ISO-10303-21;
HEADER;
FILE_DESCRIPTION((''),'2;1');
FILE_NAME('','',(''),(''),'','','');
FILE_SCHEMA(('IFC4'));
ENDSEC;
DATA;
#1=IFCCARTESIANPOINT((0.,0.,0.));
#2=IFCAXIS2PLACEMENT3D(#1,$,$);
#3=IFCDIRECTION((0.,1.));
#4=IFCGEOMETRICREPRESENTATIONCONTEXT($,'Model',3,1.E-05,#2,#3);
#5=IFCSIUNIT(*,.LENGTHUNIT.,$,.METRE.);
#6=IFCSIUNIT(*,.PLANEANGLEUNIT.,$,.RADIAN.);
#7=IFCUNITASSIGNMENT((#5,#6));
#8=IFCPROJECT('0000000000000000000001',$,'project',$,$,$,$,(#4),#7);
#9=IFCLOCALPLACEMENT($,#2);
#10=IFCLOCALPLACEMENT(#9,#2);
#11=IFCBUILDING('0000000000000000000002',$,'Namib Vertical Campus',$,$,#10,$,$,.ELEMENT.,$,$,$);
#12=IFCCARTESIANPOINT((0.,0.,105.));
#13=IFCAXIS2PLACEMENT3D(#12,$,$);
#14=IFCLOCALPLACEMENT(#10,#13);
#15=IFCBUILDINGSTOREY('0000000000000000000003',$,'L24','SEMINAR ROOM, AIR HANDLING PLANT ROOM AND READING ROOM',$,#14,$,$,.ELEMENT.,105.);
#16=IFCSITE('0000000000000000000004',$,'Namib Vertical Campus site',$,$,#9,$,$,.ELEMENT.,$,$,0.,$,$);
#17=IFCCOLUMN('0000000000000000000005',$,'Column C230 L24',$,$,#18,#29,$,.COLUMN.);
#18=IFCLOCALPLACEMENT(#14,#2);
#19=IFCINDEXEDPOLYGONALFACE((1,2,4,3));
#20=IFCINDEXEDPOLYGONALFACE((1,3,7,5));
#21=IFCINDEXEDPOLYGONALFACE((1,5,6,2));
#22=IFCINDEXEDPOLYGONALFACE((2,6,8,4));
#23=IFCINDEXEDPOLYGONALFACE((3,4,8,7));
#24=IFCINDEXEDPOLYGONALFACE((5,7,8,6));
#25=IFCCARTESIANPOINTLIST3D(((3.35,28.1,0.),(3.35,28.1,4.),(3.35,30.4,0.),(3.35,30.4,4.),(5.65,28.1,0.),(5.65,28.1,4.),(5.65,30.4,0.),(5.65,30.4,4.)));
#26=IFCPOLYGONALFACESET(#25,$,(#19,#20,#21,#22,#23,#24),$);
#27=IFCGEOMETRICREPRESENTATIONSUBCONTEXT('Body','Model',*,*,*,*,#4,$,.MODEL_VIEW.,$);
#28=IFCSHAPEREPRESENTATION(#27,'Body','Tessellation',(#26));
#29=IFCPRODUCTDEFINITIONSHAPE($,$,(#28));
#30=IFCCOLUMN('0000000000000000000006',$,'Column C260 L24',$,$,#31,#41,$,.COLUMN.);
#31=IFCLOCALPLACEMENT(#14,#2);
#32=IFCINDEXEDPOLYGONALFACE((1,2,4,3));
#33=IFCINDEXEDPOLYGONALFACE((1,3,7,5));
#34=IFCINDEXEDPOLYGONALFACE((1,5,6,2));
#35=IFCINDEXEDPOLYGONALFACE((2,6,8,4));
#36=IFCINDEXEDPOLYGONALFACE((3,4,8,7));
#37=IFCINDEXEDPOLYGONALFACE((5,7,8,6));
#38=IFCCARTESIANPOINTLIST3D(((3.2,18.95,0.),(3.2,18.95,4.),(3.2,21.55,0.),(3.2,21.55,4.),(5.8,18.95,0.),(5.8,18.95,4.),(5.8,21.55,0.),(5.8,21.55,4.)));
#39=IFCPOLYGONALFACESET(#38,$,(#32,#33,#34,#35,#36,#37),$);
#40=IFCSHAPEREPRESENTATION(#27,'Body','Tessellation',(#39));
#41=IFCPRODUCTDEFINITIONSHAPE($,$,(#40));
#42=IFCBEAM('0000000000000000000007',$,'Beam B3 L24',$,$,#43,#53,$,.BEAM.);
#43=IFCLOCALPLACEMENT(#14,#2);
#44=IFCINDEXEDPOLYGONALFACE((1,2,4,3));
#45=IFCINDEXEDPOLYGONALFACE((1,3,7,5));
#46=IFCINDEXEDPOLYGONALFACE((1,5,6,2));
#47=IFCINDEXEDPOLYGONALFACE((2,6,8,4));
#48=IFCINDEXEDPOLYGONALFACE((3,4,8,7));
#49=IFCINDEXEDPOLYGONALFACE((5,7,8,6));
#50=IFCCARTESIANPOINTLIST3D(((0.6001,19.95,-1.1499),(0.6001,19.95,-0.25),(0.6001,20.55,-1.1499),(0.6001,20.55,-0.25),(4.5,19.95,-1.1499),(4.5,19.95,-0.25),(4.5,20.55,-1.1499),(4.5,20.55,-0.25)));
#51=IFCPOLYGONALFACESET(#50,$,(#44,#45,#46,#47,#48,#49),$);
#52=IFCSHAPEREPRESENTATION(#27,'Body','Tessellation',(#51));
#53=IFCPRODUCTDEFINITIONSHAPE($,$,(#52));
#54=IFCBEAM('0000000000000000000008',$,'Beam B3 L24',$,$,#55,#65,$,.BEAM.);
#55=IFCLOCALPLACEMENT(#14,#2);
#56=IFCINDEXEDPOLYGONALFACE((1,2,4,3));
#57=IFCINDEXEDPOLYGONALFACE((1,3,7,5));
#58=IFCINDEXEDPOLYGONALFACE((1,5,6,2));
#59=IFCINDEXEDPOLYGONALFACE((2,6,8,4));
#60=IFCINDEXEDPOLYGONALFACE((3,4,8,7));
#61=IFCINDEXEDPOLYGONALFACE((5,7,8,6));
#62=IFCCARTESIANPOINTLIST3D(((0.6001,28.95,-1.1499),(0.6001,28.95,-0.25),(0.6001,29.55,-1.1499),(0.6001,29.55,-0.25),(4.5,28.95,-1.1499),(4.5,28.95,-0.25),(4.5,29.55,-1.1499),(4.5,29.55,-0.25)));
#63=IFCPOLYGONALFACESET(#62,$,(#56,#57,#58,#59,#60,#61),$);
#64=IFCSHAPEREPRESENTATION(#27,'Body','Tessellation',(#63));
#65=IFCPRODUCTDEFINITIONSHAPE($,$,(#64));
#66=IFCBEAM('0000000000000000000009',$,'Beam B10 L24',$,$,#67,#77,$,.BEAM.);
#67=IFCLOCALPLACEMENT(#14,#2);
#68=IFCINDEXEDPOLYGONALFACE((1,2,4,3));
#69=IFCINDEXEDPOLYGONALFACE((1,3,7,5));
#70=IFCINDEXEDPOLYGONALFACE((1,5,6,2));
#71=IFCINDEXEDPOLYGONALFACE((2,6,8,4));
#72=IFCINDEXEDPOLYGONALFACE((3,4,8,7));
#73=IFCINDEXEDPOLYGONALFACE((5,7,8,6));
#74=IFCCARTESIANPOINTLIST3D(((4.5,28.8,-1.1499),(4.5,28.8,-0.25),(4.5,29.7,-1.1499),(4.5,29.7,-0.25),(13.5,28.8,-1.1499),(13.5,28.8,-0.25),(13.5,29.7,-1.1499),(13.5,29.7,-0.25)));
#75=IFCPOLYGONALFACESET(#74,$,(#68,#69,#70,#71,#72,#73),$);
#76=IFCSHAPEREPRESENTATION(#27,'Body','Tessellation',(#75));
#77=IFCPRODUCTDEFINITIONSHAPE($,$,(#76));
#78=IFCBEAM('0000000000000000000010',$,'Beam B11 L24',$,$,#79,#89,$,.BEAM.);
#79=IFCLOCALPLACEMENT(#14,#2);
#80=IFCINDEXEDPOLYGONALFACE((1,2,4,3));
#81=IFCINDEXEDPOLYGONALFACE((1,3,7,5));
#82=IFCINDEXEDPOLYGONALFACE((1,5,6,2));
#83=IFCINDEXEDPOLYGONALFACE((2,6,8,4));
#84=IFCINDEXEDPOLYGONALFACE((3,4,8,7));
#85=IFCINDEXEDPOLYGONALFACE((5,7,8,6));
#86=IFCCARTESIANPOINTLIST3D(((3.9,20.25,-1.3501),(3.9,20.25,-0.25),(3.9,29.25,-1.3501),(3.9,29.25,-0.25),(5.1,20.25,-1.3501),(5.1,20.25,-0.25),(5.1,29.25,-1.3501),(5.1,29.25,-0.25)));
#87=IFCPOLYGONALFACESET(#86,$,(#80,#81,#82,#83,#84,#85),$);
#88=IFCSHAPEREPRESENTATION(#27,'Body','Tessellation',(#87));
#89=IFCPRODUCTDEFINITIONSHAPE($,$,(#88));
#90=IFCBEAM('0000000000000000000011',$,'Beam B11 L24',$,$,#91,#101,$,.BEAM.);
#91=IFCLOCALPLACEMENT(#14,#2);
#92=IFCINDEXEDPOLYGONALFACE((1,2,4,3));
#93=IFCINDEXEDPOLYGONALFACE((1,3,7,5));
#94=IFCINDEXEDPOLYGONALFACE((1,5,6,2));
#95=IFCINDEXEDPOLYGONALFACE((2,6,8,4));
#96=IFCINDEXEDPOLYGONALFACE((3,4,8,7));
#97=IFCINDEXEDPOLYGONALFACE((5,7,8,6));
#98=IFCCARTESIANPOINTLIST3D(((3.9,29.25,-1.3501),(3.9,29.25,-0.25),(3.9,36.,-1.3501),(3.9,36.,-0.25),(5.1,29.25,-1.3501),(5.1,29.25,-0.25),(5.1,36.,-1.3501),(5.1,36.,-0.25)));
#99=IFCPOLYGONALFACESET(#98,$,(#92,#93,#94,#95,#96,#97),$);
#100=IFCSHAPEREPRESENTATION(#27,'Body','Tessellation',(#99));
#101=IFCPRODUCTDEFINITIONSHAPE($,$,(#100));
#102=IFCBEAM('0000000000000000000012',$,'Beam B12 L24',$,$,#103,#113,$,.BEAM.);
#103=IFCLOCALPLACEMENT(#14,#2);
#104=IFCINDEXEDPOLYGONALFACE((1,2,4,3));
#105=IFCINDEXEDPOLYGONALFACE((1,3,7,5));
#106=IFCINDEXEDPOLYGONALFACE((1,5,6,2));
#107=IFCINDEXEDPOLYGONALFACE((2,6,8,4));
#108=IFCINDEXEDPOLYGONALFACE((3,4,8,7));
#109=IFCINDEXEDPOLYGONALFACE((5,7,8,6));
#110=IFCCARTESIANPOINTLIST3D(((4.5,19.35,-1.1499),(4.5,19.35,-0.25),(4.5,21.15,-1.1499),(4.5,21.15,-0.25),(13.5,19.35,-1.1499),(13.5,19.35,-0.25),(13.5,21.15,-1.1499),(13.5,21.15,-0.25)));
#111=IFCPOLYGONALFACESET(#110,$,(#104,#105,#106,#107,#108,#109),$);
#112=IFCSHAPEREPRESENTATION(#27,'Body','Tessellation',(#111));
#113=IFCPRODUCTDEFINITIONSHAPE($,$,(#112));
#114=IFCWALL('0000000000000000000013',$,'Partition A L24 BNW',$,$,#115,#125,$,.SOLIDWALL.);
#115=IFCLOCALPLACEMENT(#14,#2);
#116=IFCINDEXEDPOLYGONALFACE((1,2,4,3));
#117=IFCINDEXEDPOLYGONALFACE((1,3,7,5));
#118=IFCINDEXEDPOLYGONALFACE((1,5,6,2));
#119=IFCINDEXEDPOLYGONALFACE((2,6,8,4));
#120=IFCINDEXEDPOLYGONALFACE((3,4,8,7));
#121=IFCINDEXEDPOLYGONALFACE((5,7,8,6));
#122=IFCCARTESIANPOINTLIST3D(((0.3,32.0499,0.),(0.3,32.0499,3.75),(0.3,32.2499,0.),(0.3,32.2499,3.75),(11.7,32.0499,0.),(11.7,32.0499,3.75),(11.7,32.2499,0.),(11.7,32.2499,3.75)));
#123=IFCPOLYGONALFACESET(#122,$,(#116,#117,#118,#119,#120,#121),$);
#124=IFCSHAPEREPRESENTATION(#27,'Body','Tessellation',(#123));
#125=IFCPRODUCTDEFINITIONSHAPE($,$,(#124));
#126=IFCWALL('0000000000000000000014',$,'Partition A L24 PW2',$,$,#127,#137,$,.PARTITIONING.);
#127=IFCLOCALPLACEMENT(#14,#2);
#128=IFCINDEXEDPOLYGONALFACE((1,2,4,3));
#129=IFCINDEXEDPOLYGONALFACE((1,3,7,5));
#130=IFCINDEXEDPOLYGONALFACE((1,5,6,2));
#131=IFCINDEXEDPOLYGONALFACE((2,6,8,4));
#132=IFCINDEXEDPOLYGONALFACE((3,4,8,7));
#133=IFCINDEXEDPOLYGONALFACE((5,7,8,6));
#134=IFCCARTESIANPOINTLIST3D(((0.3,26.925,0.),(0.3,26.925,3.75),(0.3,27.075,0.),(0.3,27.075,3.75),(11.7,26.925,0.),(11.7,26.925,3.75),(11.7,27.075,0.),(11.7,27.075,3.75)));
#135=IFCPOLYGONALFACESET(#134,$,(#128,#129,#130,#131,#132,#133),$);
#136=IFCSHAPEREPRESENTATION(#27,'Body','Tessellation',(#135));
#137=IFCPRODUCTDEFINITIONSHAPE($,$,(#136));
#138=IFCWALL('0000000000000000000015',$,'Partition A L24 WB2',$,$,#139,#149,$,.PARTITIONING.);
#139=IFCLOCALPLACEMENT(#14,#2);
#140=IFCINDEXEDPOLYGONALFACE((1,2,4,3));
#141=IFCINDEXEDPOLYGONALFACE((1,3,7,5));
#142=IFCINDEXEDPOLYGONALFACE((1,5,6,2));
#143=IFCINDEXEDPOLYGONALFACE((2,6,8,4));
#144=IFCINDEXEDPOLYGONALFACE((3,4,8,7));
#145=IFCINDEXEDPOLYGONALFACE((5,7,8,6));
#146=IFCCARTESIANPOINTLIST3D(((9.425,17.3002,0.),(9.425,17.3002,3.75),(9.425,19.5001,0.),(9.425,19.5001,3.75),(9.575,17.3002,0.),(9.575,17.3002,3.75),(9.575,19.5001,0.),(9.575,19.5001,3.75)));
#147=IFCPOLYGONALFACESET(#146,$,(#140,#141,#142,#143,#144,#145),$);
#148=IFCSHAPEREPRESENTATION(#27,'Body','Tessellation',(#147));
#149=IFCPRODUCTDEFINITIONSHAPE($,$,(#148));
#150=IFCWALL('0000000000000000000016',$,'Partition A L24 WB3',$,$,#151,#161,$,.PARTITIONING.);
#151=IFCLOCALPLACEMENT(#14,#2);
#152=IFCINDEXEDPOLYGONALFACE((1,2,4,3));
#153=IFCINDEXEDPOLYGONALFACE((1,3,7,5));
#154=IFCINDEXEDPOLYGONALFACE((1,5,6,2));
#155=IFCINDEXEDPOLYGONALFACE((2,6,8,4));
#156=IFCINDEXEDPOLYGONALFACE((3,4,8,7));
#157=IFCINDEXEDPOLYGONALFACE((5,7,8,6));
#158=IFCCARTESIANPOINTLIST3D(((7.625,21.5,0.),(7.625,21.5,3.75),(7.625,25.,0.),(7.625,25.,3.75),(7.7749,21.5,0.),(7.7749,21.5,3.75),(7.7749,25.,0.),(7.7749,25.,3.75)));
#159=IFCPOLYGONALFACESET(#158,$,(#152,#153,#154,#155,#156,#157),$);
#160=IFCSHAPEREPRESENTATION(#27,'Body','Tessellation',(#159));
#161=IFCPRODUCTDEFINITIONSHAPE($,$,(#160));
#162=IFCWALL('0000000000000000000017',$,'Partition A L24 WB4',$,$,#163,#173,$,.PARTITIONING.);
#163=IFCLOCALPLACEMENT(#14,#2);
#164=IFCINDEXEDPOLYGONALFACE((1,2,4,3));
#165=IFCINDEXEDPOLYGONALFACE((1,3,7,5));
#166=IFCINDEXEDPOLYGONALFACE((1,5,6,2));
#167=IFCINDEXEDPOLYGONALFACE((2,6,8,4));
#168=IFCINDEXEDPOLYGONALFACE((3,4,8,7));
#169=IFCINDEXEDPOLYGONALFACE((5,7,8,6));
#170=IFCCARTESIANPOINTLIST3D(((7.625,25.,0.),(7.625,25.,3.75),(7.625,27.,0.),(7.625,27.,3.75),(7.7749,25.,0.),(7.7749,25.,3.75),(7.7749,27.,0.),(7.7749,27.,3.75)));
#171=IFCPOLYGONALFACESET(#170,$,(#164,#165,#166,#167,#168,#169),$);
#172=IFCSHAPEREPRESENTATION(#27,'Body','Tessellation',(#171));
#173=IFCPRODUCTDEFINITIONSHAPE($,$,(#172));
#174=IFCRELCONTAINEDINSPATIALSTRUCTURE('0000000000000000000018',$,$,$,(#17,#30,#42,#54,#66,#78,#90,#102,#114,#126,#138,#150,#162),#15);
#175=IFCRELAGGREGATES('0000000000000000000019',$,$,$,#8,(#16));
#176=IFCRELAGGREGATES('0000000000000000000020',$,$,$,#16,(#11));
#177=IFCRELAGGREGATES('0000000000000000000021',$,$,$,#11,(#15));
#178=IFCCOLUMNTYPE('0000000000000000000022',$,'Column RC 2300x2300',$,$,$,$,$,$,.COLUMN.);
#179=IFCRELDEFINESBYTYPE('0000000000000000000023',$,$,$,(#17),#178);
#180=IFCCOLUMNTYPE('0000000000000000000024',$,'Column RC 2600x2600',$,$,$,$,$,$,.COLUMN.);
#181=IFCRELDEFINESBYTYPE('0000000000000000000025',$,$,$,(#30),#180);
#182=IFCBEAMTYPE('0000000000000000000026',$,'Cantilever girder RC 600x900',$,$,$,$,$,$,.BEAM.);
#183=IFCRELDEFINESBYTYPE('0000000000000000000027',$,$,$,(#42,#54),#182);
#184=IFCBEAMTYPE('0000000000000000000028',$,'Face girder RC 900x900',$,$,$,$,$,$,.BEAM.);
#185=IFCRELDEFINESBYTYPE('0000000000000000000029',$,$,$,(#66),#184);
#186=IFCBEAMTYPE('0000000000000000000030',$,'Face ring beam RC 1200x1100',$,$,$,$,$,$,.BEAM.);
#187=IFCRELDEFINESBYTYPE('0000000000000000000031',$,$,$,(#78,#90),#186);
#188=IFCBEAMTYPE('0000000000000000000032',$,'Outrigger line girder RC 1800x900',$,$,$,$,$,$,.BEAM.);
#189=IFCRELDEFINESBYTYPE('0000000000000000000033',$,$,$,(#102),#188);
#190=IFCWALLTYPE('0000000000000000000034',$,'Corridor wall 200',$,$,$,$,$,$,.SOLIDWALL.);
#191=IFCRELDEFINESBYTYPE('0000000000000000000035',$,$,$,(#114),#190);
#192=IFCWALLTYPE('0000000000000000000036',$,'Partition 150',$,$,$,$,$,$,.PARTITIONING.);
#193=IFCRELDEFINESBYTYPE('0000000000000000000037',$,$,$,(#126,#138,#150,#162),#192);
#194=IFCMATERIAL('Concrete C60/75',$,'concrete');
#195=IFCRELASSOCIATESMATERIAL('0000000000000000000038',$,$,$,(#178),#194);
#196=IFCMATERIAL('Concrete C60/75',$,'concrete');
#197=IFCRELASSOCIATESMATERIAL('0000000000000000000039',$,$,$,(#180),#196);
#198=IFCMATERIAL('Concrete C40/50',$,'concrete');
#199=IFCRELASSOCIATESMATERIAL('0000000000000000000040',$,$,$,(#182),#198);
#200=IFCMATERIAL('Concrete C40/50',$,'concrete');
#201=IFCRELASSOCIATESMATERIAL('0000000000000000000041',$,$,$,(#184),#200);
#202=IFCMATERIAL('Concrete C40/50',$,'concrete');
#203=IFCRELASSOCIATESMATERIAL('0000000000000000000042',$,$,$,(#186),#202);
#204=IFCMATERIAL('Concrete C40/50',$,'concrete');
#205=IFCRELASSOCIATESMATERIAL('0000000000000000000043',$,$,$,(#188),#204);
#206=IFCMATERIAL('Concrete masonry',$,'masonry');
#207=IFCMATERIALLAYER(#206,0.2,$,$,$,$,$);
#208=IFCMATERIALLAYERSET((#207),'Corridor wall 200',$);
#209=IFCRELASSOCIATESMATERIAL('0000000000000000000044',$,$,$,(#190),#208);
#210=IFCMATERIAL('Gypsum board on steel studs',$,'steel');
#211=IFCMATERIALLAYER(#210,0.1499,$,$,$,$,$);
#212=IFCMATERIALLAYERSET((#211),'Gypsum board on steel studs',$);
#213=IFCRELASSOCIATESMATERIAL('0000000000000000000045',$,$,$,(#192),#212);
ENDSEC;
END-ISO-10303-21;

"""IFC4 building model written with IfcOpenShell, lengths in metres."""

from ifc_helpers import new_model, si_unit, direction, frame, frame_2d, origin, origin_2d, place, context, subcontext, project, spatial, rectangle, extrude, material, layer, layer_set, material_profile, profile_set, type_object, element, save


model = new_model("IFC4")

# Units and contexts
model_context = context("Model", 3, precision=1e-05, world=origin(), true_north=direction((0.0, 1.0)))
body_context = subcontext(model_context, "Body", "Model", "MODEL_VIEW")
ifc_project = project(units=[si_unit("LENGTHUNIT", "METRE"), si_unit("PLANEANGLEUNIT", "RADIAN")], contexts=[model_context])

# Site, building, storey
site_placement = place(None, origin())
site = spatial("IfcSite", under=ifc_project, at=site_placement, Name="Namib Vertical Campus site", CompositionType="ELEMENT", RefElevation=0.0)
building_placement = place(site_placement, origin())
building = spatial("IfcBuilding", under=site, at=building_placement, Name="Namib Vertical Campus", CompositionType="ELEMENT")
storey_placement = place(building_placement, frame((0.0, 0.0, 105.0)))
storey = spatial("IfcBuildingStorey", under=building, at=storey_placement, Name="L24", Description="SEMINAR ROOM, AIR HANDLING PLANT ROOM AND READING ROOM", CompositionType="ELEMENT", Elevation=105.0)

# Columns
ifc_material_1 = material(Name="Concrete C60/75", Category="concrete")
ifc_material_profile_1 = material_profile(ifc_material_1, rectangle(XDim=2.3, YDim=2.3, at=origin_2d()))
ifc_profile_set_1 = profile_set([ifc_material_profile_1], Name="Concrete C60/75")
column_type_1 = type_object("IfcColumnType", Name="Column RC 2300x2300", PredefinedType="COLUMN", material=ifc_profile_set_1)
column_1_placement = place(storey_placement, frame((4.5, 29.25, 0.0), z_axis=(0.0, 0.0, 1.0), x_axis=(1.0, 0.0, 0.0)))
element("IfcColumn", 1, at=column_1_placement, inside=storey, type_object=column_type_1, Name="Column C230 L24", PredefinedType="COLUMN", context=body_context, shape_type="SweptSolid", body=[
    extrude(rectangle(XDim=2.3, YDim=2.3, at=origin_2d()), origin(), (0.0, 0.0, 1.0), 4.0),
])
ifc_material_2 = material(Name="Concrete C60/75", Category="concrete")
ifc_material_profile_2 = material_profile(ifc_material_2, rectangle(XDim=2.6001, YDim=2.6001, at=origin_2d()))
ifc_profile_set_2 = profile_set([ifc_material_profile_2], Name="Concrete C60/75")
column_type_2 = type_object("IfcColumnType", Name="Column RC 2600x2600", PredefinedType="COLUMN", material=ifc_profile_set_2)
column_2_placement = place(storey_placement, frame((4.5, 20.25, 0.0), z_axis=(0.0, 0.0, 1.0), x_axis=(1.0, 0.0, 0.0)))
element("IfcColumn", 2, at=column_2_placement, inside=storey, type_object=column_type_2, Name="Column C260 L24", PredefinedType="COLUMN", context=body_context, shape_type="SweptSolid", body=[
    extrude(rectangle(XDim=2.6001, YDim=2.6001, at=origin_2d()), origin(), (0.0, 0.0, 1.0), 4.0),
])

# Beams
ifc_material_3 = material(Name="Concrete C40/50", Category="concrete")
ifc_material_profile_3 = material_profile(ifc_material_3, rectangle(XDim=0.6001, YDim=0.8999, at=origin_2d()))
ifc_profile_set_3 = profile_set([ifc_material_profile_3], Name="Concrete C40/50")
beam_type_1 = type_object("IfcBeamType", Name="Cantilever girder RC 600x900", PredefinedType="BEAM", material=ifc_profile_set_3)
for number, where, z_axis, x_axis, name in (
    (3, (4.5, 20.25, -0.7), (-1.0, 0.0, 0.0), (0.0, -1.0, 0.0), "Beam B3 L24"),
    (4, (4.5, 29.25, -0.7), (-1.0, 0.0, 0.0), (0.0, -1.0, 0.0), "Beam B3 L24"),
):
    element("IfcBeam", number, at=place(storey_placement, frame(where, z_axis=z_axis, x_axis=x_axis)), inside=storey, type_object=beam_type_1, Name=name, PredefinedType="BEAM", context=body_context, shape_type="SweptSolid", body=[
        extrude(rectangle(XDim=0.6001, YDim=0.8999, at=origin_2d()), origin(), (0.0, 0.0, 1.0), 3.8999),
    ])
ifc_material_4 = material(Name="Concrete C40/50", Category="concrete")
ifc_material_profile_4 = material_profile(ifc_material_4, rectangle(XDim=0.8999, YDim=0.8999, at=origin_2d()))
ifc_profile_set_4 = profile_set([ifc_material_profile_4], Name="Concrete C40/50")
beam_type_2 = type_object("IfcBeamType", Name="Face girder RC 900x900", PredefinedType="BEAM", material=ifc_profile_set_4)
beam_1_placement = place(storey_placement, frame((4.5, 29.25, -0.7), z_axis=(1.0, 0.0, 0.0), x_axis=(0.0, 1.0, 0.0)))
element("IfcBeam", 5, at=beam_1_placement, inside=storey, type_object=beam_type_2, Name="Beam B10 L24", PredefinedType="BEAM", context=body_context, shape_type="SweptSolid", body=[
    extrude(rectangle(XDim=0.8999, YDim=0.8999, at=origin_2d()), origin(), (0.0, 0.0, 1.0), 9.0),
])
ifc_material_5 = material(Name="Concrete C40/50", Category="concrete")
ifc_material_profile_5 = material_profile(ifc_material_5, rectangle(XDim=1.2, YDim=1.1001, at=origin_2d()))
ifc_profile_set_5 = profile_set([ifc_material_profile_5], Name="Concrete C40/50")
beam_type_3 = type_object("IfcBeamType", Name="Face ring beam RC 1200x1100", PredefinedType="BEAM", material=ifc_profile_set_5)
beam_2_placement = place(storey_placement, frame((4.5, 20.25, -0.8), z_axis=(0.0, 1.0, 0.0), x_axis=(-1.0, 0.0, 0.0)))
element("IfcBeam", 6, at=beam_2_placement, inside=storey, type_object=beam_type_3, Name="Beam B11 L24", PredefinedType="BEAM", context=body_context, shape_type="SweptSolid", body=[
    extrude(rectangle(XDim=1.2, YDim=1.1001, at=origin_2d()), origin(), (0.0, 0.0, 1.0), 9.0),
])
beam_3_placement = place(storey_placement, frame((4.5, 29.25, -0.8), z_axis=(0.0, 1.0, 0.0), x_axis=(-1.0, 0.0, 0.0)))
element("IfcBeam", 7, at=beam_3_placement, inside=storey, type_object=beam_type_3, Name="Beam B11 L24", PredefinedType="BEAM", context=body_context, shape_type="SweptSolid", body=[
    extrude(rectangle(XDim=1.2, YDim=1.1001, at=origin_2d()), origin(), (0.0, 0.0, 1.0), 6.75),
])
ifc_material_6 = material(Name="Concrete C40/50", Category="concrete")
ifc_material_profile_6 = material_profile(ifc_material_6, rectangle(XDim=1.8, YDim=0.8999, at=origin_2d()))
ifc_profile_set_6 = profile_set([ifc_material_profile_6], Name="Concrete C40/50")
beam_type_4 = type_object("IfcBeamType", Name="Outrigger line girder RC 1800x900", PredefinedType="BEAM", material=ifc_profile_set_6)
beam_4_placement = place(storey_placement, frame((4.5, 20.25, -0.7), z_axis=(1.0, 0.0, 0.0), x_axis=(0.0, 1.0, 0.0)))
element("IfcBeam", 8, at=beam_4_placement, inside=storey, type_object=beam_type_4, Name="Beam B12 L24", PredefinedType="BEAM", context=body_context, shape_type="SweptSolid", body=[
    extrude(rectangle(XDim=1.8, YDim=0.8999, at=origin_2d()), origin(), (0.0, 0.0, 1.0), 9.0),
])

# Walls
ifc_material_7 = material(Name="Concrete masonry", Category="masonry")
ifc_layer_1 = layer(ifc_material_7, 0.2)
ifc_layer_set_1 = layer_set([ifc_layer_1], Name="Corridor wall 200")
wall_type_1 = type_object("IfcWallType", Name="Corridor wall 200", PredefinedType="SOLIDWALL", material=ifc_layer_set_1)
wall_1_placement = place(storey_placement, frame((0.3, 32.1499, 0.0), z_axis=(0.0, 0.0, 1.0), x_axis=(1.0, 0.0, 0.0)))
element("IfcWall", 9, at=wall_1_placement, inside=storey, type_object=wall_type_1, Name="Partition A L24 BNW", PredefinedType="SOLIDWALL", context=body_context, shape_type="SweptSolid", body=[
    extrude(rectangle(XDim=11.3999, YDim=0.2, at=frame_2d((5.7, 0.0))), origin(), (0.0, 0.0, 1.0), 3.75),
])
ifc_material_8 = material(Name="Gypsum board on steel studs", Category="steel")
ifc_layer_2 = layer(ifc_material_8, 0.1499)
ifc_layer_set_2 = layer_set([ifc_layer_2], Name="Gypsum board on steel studs")
wall_type_2 = type_object("IfcWallType", Name="Partition 150", PredefinedType="PARTITIONING", material=ifc_layer_set_2)
wall_2_placement = place(storey_placement, frame((0.3, 27.0, 0.0), z_axis=(0.0, 0.0, 1.0), x_axis=(1.0, 0.0, 0.0)))
element("IfcWall", 10, at=wall_2_placement, inside=storey, type_object=wall_type_2, Name="Partition A L24 PW2", PredefinedType="PARTITIONING", context=body_context, shape_type="SweptSolid", body=[
    extrude(rectangle(XDim=11.3999, YDim=0.1499, at=frame_2d((5.7, 0.0))), origin(), (0.0, 0.0, 1.0), 3.75),
])
wall_3_placement = place(storey_placement, frame((9.5, 17.3, 0.0), z_axis=(0.0, 0.0, 1.0), x_axis=(0.0, 1.0, 0.0)))
element("IfcWall", 11, at=wall_3_placement, inside=storey, type_object=wall_type_2, Name="Partition A L24 WB2", PredefinedType="PARTITIONING", context=body_context, shape_type="SweptSolid", body=[
    extrude(rectangle(XDim=2.2, YDim=0.1499, at=frame_2d((1.1001, 0.0))), origin(), (0.0, 0.0, 1.0), 3.75),
])
wall_4_placement = place(storey_placement, frame((7.7, 21.5, 0.0), z_axis=(0.0, 0.0, 1.0), x_axis=(0.0, 1.0, 0.0)))
element("IfcWall", 12, at=wall_4_placement, inside=storey, type_object=wall_type_2, Name="Partition A L24 WB3", PredefinedType="PARTITIONING", context=body_context, shape_type="SweptSolid", body=[
    extrude(rectangle(XDim=3.5, YDim=0.1499, at=frame_2d((1.75, 0.0))), origin(), (0.0, 0.0, 1.0), 3.75),
])
wall_5_placement = place(storey_placement, frame((7.7, 25.0, 0.0), z_axis=(0.0, 0.0, 1.0), x_axis=(0.0, 1.0, 0.0)))
element("IfcWall", 13, at=wall_5_placement, inside=storey, type_object=wall_type_2, Name="Partition A L24 WB4", PredefinedType="PARTITIONING", context=body_context, shape_type="SweptSolid", body=[
    extrude(rectangle(XDim=2.0, YDim=0.1499, at=frame_2d((1.0, 0.0))), origin(), (0.0, 0.0, 1.0), 3.75),
])

save(model, "model.ifc")
